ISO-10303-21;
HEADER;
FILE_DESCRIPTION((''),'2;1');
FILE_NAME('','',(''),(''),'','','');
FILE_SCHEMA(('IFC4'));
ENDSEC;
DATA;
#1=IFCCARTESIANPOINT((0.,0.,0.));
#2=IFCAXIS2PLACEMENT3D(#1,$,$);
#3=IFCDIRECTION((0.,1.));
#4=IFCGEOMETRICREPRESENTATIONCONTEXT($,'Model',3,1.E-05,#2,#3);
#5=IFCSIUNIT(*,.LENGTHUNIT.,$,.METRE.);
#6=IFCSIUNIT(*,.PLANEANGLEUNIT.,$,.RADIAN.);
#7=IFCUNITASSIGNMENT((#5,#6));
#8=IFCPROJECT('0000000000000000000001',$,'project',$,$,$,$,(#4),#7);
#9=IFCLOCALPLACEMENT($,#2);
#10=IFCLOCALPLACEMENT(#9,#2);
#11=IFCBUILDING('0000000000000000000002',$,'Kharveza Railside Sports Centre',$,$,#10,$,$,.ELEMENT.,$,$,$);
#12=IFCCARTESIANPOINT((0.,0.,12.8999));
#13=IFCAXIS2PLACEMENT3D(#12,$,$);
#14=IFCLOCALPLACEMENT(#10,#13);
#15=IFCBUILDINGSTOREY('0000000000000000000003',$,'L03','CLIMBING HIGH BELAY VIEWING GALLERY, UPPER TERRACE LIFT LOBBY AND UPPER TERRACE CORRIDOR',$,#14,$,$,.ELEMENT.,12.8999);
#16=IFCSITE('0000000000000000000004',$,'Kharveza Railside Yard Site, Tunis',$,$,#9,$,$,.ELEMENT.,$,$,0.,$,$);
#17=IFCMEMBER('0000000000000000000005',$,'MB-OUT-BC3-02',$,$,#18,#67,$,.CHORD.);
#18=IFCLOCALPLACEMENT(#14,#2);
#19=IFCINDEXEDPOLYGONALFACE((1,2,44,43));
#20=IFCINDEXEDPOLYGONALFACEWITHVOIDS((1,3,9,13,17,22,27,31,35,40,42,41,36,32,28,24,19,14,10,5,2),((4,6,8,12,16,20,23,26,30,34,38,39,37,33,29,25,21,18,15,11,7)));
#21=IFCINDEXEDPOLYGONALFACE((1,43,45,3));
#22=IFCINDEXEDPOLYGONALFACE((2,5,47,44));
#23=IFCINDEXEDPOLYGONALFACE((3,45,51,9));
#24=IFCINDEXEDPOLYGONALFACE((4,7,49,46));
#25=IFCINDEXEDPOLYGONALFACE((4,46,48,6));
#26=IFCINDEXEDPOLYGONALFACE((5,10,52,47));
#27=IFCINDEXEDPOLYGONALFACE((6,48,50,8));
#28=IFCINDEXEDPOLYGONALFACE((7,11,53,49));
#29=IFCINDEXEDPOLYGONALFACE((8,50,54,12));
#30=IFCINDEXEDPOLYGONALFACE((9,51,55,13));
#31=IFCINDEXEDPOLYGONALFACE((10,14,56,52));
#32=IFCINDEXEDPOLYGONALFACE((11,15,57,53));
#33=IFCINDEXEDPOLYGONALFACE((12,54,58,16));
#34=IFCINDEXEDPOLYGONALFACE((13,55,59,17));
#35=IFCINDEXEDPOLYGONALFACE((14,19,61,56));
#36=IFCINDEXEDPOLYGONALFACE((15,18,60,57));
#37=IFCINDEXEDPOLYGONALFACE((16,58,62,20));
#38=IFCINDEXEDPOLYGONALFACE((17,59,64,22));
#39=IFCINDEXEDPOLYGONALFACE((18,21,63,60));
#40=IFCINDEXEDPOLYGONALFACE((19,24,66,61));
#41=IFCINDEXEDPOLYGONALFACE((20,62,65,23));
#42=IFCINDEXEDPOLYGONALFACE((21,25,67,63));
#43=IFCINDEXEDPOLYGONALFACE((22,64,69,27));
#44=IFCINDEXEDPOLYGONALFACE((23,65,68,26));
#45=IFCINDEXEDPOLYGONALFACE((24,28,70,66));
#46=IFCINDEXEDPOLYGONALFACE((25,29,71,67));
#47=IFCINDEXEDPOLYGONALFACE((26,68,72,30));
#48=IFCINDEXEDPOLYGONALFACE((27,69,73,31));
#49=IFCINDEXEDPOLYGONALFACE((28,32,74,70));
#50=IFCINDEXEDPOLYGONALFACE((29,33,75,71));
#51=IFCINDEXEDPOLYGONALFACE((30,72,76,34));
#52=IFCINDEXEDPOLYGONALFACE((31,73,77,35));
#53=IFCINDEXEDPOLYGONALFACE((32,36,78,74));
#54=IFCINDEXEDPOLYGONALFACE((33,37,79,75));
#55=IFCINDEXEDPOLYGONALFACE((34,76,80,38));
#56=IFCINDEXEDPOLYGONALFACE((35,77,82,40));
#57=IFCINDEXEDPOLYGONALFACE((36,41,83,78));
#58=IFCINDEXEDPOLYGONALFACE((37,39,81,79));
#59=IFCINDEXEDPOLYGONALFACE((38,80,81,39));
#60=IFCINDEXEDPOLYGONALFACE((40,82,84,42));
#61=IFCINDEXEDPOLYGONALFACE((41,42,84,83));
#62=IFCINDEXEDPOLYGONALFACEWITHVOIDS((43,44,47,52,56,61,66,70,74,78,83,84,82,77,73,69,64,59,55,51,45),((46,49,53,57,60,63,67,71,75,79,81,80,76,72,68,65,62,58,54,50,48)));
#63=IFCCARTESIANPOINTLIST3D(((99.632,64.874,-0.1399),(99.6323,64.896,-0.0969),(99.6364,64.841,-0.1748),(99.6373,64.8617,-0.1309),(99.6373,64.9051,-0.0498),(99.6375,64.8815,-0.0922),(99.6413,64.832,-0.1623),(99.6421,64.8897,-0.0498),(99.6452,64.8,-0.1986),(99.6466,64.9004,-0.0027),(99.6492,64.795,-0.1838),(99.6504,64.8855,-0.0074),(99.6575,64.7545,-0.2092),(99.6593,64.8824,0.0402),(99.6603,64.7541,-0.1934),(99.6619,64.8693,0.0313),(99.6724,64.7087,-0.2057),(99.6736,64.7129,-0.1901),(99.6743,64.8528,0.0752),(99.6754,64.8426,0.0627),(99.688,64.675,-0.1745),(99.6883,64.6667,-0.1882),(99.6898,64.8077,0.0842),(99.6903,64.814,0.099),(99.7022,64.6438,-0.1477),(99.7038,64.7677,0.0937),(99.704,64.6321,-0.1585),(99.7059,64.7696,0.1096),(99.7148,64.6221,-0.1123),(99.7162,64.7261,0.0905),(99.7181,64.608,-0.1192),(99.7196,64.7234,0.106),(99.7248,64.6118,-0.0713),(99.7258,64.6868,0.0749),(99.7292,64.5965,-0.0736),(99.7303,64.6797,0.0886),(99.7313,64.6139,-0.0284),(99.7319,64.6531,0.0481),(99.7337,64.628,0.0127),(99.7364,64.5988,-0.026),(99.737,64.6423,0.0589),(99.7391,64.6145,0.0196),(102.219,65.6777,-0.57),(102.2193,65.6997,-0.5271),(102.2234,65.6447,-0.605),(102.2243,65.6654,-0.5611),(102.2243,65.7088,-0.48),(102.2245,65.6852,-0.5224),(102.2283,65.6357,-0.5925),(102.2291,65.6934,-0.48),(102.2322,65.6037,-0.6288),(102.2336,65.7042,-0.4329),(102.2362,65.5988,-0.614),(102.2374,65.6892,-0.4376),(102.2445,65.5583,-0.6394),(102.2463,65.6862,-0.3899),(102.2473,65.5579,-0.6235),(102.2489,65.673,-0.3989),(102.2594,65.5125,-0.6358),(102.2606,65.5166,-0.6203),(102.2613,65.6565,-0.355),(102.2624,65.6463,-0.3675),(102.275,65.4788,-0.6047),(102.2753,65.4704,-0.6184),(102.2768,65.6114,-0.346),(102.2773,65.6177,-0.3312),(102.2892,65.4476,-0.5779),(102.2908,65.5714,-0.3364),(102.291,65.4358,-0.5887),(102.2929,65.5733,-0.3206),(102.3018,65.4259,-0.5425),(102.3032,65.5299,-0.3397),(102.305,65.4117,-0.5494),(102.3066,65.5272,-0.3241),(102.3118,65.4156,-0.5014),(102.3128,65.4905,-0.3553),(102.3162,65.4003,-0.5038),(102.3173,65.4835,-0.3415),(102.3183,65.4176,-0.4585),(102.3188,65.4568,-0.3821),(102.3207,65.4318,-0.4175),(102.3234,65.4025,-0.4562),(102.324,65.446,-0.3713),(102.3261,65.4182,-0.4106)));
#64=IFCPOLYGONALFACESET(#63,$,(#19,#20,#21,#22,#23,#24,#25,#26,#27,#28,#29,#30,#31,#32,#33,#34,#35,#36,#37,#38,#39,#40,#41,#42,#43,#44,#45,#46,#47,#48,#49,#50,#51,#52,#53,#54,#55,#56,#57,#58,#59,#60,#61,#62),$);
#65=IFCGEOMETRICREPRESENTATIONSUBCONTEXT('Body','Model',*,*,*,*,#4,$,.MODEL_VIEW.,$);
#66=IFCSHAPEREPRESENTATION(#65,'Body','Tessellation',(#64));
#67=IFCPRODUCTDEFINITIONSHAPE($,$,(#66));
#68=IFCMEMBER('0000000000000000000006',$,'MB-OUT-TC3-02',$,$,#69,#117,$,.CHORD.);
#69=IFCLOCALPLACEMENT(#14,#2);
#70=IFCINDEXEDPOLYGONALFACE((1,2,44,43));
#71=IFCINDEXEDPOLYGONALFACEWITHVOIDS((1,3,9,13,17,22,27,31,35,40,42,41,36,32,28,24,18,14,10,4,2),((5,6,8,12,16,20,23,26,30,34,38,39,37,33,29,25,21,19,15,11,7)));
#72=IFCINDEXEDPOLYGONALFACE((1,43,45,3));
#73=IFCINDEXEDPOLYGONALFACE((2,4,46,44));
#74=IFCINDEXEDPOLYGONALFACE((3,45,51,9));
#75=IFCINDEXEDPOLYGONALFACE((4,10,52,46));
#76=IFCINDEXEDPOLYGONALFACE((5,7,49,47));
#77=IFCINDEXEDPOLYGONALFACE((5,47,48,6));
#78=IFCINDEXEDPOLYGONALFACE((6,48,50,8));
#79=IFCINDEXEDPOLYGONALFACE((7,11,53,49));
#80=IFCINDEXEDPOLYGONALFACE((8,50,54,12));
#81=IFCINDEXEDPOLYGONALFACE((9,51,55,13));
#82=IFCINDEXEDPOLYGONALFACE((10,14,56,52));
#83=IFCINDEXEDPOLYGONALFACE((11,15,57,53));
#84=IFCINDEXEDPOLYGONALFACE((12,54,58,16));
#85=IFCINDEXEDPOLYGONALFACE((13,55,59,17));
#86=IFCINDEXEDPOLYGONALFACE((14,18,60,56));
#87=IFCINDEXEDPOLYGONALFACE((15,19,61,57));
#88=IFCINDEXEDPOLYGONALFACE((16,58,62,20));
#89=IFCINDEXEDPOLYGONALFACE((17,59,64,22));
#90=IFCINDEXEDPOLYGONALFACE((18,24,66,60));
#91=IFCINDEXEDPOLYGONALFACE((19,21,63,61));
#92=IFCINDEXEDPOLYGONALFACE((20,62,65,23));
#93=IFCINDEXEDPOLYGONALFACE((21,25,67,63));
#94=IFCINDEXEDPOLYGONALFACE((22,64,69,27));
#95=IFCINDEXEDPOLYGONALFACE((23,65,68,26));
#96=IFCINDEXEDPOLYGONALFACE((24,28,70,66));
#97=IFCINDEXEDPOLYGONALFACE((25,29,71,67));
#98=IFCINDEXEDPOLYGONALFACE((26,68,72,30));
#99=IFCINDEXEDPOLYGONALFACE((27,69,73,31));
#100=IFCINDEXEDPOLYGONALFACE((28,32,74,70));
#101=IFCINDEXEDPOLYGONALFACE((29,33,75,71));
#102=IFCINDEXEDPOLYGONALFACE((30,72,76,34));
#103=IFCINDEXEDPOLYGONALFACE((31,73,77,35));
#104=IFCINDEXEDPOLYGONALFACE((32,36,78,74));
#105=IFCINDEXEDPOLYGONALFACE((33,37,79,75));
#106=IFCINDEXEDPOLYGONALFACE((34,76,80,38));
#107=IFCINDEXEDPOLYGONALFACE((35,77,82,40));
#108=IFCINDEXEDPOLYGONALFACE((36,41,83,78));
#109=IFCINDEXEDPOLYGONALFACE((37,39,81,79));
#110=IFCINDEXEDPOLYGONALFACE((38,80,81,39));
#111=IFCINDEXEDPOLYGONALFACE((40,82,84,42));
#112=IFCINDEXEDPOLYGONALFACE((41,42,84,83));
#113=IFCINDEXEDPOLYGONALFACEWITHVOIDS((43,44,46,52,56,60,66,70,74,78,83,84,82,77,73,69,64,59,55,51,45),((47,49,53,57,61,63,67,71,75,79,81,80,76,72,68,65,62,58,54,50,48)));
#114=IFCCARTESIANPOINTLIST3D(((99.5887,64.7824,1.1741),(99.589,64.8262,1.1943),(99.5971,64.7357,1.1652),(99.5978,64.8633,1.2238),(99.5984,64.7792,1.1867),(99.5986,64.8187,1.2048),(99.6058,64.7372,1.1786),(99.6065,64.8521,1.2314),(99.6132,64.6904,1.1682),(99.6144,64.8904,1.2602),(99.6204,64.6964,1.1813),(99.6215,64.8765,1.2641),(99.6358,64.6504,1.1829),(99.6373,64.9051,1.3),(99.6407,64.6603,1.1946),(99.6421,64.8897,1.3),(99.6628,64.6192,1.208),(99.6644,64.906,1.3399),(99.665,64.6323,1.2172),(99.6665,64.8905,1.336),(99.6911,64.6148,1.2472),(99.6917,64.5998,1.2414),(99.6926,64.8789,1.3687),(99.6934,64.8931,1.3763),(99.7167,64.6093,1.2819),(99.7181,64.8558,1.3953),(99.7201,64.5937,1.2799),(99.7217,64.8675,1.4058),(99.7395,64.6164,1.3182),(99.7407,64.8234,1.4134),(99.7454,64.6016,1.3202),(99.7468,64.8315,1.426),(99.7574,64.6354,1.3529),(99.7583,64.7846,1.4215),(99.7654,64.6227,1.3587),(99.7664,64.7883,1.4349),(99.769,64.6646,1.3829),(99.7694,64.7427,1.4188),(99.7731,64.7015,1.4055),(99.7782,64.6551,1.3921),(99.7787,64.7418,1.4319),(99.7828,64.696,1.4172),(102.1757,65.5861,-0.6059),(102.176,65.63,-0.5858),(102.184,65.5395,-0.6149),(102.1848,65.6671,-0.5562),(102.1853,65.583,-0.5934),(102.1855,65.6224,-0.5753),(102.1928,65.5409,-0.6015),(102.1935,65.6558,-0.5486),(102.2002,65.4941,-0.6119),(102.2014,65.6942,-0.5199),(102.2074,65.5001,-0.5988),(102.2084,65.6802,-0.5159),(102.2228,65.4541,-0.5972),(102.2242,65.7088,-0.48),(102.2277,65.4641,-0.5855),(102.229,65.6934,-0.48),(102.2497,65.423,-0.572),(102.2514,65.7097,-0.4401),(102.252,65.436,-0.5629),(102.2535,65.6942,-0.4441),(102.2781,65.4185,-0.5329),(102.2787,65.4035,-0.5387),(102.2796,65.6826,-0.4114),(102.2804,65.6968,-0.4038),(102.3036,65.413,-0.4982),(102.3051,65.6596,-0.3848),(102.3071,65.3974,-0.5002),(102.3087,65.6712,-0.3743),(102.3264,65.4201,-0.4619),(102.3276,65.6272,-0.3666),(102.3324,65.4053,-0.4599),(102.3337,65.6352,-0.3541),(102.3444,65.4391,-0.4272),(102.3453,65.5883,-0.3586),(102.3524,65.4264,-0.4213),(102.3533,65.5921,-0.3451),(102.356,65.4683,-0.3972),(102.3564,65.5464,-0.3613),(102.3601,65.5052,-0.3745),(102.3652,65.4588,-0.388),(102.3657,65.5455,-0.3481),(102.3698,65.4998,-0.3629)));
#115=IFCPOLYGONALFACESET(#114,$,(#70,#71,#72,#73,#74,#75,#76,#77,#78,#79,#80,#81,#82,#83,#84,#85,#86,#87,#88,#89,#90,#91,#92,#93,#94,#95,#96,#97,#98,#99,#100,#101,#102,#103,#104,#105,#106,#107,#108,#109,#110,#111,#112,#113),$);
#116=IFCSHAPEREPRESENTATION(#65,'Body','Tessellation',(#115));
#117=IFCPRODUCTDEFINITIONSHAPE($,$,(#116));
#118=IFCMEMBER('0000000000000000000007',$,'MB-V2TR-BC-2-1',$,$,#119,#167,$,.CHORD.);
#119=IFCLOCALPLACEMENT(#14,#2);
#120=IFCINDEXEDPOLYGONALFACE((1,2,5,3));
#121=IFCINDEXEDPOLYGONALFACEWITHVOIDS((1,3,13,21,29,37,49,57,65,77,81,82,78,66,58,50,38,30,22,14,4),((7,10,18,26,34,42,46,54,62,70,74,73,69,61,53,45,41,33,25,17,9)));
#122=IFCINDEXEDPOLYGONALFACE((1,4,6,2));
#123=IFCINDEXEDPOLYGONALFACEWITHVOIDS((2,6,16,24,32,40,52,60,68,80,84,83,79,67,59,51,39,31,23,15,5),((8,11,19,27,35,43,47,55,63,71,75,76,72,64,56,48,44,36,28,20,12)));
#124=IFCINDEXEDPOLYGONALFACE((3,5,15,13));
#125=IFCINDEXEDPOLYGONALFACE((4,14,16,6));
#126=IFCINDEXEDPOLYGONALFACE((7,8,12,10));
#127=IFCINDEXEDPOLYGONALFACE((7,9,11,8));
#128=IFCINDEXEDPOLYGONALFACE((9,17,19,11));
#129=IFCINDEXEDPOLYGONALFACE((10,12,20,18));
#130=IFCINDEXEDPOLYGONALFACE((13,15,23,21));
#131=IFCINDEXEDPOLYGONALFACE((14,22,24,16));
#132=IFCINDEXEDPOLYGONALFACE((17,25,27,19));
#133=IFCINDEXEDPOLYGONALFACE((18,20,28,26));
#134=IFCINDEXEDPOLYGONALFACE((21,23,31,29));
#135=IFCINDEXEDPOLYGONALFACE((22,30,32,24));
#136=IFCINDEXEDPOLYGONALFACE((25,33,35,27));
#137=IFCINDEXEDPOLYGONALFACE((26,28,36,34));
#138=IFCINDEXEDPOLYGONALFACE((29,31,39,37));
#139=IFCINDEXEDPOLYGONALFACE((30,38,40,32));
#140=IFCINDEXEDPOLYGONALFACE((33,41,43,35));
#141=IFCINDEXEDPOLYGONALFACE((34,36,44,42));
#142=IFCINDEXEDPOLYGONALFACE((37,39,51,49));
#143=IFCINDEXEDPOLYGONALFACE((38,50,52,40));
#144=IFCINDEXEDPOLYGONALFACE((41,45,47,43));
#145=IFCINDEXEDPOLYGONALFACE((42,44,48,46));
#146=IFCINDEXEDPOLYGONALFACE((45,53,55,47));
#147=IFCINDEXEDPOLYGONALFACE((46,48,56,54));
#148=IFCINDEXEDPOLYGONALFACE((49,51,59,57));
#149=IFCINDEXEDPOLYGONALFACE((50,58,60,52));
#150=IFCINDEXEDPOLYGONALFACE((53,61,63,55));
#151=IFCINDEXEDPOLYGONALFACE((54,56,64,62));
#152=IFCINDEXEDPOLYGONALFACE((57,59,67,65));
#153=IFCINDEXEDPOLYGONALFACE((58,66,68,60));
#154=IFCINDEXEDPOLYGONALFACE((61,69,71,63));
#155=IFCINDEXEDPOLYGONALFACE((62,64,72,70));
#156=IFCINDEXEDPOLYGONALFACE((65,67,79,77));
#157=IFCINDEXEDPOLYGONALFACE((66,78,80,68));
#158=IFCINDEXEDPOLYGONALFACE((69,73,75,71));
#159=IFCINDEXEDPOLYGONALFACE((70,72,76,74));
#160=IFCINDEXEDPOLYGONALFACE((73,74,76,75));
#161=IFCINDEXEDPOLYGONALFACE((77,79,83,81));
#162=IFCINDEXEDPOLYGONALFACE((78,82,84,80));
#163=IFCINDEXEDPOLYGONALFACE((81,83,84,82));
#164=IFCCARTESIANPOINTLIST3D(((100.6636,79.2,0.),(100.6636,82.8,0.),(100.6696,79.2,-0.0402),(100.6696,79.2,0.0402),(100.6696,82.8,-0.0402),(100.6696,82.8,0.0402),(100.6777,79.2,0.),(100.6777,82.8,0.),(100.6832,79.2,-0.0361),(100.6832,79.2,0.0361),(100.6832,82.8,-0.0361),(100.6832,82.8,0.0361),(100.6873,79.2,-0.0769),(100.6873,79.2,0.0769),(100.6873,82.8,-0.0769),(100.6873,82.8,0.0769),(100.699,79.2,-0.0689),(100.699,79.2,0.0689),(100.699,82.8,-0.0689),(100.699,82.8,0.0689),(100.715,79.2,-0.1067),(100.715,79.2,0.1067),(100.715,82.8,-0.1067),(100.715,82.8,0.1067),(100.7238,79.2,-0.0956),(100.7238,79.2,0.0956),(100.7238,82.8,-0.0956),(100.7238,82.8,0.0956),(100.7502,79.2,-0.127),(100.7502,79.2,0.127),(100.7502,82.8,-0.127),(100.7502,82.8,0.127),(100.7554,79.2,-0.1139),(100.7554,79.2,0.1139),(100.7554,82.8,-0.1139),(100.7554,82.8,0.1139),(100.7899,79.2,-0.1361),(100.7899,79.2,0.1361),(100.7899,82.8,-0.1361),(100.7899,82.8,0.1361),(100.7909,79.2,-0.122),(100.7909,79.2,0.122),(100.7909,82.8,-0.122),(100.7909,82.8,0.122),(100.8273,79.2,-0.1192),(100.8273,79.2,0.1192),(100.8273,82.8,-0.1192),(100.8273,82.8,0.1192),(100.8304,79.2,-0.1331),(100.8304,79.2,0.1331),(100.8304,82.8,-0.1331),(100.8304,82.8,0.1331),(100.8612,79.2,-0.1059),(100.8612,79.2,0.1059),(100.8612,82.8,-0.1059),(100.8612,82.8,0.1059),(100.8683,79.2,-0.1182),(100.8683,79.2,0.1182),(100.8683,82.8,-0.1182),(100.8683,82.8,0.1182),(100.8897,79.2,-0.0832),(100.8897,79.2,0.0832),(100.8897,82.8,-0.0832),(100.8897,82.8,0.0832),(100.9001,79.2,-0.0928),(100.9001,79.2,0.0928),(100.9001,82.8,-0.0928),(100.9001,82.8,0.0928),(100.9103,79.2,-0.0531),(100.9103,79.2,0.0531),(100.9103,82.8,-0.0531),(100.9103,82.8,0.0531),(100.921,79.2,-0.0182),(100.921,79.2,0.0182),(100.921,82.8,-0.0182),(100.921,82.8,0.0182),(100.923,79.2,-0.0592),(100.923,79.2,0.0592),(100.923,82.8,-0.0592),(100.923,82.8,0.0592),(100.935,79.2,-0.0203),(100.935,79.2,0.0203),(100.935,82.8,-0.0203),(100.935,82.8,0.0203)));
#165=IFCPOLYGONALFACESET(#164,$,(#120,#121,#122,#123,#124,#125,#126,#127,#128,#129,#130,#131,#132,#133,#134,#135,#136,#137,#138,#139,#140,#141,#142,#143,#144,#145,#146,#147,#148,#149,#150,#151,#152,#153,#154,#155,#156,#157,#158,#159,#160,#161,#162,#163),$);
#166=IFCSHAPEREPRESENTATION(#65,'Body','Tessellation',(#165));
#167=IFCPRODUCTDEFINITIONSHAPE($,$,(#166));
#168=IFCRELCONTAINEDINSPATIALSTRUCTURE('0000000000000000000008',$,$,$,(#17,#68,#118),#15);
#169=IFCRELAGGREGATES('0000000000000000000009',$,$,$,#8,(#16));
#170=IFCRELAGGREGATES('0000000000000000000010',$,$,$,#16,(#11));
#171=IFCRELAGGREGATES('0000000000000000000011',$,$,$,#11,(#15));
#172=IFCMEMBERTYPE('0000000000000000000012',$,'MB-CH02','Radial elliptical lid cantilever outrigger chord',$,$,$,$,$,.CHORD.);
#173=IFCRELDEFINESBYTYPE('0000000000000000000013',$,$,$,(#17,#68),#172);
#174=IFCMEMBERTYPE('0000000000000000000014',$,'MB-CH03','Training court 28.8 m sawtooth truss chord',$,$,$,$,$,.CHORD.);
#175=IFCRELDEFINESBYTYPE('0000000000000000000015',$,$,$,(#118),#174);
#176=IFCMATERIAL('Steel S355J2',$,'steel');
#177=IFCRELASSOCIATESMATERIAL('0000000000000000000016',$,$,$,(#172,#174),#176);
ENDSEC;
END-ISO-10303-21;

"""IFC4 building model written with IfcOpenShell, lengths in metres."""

from ifc_helpers import new_model, si_unit, direction, frame, origin, origin_2d, place, context, subcontext, project, spatial, hollow_circle, extrude, material, material_profile, profile_set, type_object, element, save


model = new_model("IFC4")

# Units and contexts
model_context = context("Model", 3, precision=1e-05, world=origin(), true_north=direction((0.0, 1.0)))
body_context = subcontext(model_context, "Body", "Model", "MODEL_VIEW")
ifc_project = project(units=[si_unit("LENGTHUNIT", "METRE"), si_unit("PLANEANGLEUNIT", "RADIAN")], contexts=[model_context])

# Site, building, storey
site_placement = place(None, origin())
site = spatial("IfcSite", under=ifc_project, at=site_placement, Name="Kharveza Railside Yard Site, Tunis", CompositionType="ELEMENT", RefElevation=0.0)
building_placement = place(site_placement, origin())
building = spatial("IfcBuilding", under=site, at=building_placement, Name="Kharveza Railside Sports Centre", CompositionType="ELEMENT")
storey_placement = place(building_placement, frame((0.0, 0.0, 12.8999)))
storey = spatial("IfcBuildingStorey", under=building, at=storey_placement, Name="L03", Description="CLIMBING HIGH BELAY VIEWING GALLERY, UPPER TERRACE LIFT LOBBY AND UPPER TERRACE CORRIDOR", CompositionType="ELEMENT", Elevation=12.8999)

# Shared definitions
ifc_material_1 = material(Name="Steel S355J2", Category="steel")

# Members
ifc_material_profile_1 = material_profile(ifc_material_1, hollow_circle(Radius=0.1619, WallThickness=0.0161, at=origin_2d()), Name="CHS 323.9x16.0")
ifc_profile_set_1 = profile_set([ifc_material_profile_1], Name="Steel S355J2")
member_type_1 = type_object("IfcMemberType", Name="MB-CH02", Description="Radial elliptical lid cantilever outrigger chord", PredefinedType="CHORD", material=ifc_profile_set_1)
member_1_placement = place(storey_placement, frame((99.6853, 64.7505, -0.0498), z_axis=(0.943154, 0.293022, -0.156836), x_axis=(-0.296694, 0.954973, 0.0)))
element("IfcMember", 1, at=member_1_placement, inside=storey, type_object=member_type_1, Name="MB-OUT-BC3-02", PredefinedType="CHORD", context=body_context, shape_type="SweptSolid", body=[
    extrude(hollow_circle(Radius=0.1619, WallThickness=0.0161, at=origin_2d()), origin(), (0.0, 0.0, 1.0), 2.7429),
])
member_2_placement = place(storey_placement, frame((99.6853, 64.7505, 1.3), z_axis=(0.798089, 0.247953, -0.549157), x_axis=(-0.296694, 0.954973, 0.0)))
element("IfcMember", 2, at=member_2_placement, inside=storey, type_object=member_type_1, Name="MB-OUT-TC3-02", PredefinedType="CHORD", context=body_context, shape_type="SweptSolid", body=[
    extrude(hollow_circle(Radius=0.1619, WallThickness=0.0161, at=origin_2d()), origin(), (0.0, 0.0, 1.0), 3.2415),
])
ifc_material_profile_2 = material_profile(ifc_material_1, hollow_circle(Radius=0.1365, WallThickness=0.0142, at=origin_2d()), Name="CHS 273.0x14.2")
ifc_profile_set_2 = profile_set([ifc_material_profile_2], Name="Steel S355J2")
member_type_2 = type_object("IfcMemberType", Name="MB-CH03", Description="Training court 28.8 m sawtooth truss chord", PredefinedType="CHORD", material=ifc_profile_set_2)
for number, where, z_axis, x_axis, name in (
    (3, (100.8, 79.2, 0.0), (0.0, 1.0, 0.0), (-1.0, 0.0, 0.0), "MB-V2TR-BC-2-1"),
):
    element("IfcMember", number, at=place(storey_placement, frame(where, z_axis=z_axis, x_axis=x_axis)), inside=storey, type_object=member_type_2, Name=name, PredefinedType="CHORD", context=body_context, shape_type="SweptSolid", body=[
        extrude(hollow_circle(Radius=0.1365, WallThickness=0.0142, at=origin_2d()), origin(), (0.0, 0.0, 1.0), 3.6001),
    ])

save(model, "model.ifc")
